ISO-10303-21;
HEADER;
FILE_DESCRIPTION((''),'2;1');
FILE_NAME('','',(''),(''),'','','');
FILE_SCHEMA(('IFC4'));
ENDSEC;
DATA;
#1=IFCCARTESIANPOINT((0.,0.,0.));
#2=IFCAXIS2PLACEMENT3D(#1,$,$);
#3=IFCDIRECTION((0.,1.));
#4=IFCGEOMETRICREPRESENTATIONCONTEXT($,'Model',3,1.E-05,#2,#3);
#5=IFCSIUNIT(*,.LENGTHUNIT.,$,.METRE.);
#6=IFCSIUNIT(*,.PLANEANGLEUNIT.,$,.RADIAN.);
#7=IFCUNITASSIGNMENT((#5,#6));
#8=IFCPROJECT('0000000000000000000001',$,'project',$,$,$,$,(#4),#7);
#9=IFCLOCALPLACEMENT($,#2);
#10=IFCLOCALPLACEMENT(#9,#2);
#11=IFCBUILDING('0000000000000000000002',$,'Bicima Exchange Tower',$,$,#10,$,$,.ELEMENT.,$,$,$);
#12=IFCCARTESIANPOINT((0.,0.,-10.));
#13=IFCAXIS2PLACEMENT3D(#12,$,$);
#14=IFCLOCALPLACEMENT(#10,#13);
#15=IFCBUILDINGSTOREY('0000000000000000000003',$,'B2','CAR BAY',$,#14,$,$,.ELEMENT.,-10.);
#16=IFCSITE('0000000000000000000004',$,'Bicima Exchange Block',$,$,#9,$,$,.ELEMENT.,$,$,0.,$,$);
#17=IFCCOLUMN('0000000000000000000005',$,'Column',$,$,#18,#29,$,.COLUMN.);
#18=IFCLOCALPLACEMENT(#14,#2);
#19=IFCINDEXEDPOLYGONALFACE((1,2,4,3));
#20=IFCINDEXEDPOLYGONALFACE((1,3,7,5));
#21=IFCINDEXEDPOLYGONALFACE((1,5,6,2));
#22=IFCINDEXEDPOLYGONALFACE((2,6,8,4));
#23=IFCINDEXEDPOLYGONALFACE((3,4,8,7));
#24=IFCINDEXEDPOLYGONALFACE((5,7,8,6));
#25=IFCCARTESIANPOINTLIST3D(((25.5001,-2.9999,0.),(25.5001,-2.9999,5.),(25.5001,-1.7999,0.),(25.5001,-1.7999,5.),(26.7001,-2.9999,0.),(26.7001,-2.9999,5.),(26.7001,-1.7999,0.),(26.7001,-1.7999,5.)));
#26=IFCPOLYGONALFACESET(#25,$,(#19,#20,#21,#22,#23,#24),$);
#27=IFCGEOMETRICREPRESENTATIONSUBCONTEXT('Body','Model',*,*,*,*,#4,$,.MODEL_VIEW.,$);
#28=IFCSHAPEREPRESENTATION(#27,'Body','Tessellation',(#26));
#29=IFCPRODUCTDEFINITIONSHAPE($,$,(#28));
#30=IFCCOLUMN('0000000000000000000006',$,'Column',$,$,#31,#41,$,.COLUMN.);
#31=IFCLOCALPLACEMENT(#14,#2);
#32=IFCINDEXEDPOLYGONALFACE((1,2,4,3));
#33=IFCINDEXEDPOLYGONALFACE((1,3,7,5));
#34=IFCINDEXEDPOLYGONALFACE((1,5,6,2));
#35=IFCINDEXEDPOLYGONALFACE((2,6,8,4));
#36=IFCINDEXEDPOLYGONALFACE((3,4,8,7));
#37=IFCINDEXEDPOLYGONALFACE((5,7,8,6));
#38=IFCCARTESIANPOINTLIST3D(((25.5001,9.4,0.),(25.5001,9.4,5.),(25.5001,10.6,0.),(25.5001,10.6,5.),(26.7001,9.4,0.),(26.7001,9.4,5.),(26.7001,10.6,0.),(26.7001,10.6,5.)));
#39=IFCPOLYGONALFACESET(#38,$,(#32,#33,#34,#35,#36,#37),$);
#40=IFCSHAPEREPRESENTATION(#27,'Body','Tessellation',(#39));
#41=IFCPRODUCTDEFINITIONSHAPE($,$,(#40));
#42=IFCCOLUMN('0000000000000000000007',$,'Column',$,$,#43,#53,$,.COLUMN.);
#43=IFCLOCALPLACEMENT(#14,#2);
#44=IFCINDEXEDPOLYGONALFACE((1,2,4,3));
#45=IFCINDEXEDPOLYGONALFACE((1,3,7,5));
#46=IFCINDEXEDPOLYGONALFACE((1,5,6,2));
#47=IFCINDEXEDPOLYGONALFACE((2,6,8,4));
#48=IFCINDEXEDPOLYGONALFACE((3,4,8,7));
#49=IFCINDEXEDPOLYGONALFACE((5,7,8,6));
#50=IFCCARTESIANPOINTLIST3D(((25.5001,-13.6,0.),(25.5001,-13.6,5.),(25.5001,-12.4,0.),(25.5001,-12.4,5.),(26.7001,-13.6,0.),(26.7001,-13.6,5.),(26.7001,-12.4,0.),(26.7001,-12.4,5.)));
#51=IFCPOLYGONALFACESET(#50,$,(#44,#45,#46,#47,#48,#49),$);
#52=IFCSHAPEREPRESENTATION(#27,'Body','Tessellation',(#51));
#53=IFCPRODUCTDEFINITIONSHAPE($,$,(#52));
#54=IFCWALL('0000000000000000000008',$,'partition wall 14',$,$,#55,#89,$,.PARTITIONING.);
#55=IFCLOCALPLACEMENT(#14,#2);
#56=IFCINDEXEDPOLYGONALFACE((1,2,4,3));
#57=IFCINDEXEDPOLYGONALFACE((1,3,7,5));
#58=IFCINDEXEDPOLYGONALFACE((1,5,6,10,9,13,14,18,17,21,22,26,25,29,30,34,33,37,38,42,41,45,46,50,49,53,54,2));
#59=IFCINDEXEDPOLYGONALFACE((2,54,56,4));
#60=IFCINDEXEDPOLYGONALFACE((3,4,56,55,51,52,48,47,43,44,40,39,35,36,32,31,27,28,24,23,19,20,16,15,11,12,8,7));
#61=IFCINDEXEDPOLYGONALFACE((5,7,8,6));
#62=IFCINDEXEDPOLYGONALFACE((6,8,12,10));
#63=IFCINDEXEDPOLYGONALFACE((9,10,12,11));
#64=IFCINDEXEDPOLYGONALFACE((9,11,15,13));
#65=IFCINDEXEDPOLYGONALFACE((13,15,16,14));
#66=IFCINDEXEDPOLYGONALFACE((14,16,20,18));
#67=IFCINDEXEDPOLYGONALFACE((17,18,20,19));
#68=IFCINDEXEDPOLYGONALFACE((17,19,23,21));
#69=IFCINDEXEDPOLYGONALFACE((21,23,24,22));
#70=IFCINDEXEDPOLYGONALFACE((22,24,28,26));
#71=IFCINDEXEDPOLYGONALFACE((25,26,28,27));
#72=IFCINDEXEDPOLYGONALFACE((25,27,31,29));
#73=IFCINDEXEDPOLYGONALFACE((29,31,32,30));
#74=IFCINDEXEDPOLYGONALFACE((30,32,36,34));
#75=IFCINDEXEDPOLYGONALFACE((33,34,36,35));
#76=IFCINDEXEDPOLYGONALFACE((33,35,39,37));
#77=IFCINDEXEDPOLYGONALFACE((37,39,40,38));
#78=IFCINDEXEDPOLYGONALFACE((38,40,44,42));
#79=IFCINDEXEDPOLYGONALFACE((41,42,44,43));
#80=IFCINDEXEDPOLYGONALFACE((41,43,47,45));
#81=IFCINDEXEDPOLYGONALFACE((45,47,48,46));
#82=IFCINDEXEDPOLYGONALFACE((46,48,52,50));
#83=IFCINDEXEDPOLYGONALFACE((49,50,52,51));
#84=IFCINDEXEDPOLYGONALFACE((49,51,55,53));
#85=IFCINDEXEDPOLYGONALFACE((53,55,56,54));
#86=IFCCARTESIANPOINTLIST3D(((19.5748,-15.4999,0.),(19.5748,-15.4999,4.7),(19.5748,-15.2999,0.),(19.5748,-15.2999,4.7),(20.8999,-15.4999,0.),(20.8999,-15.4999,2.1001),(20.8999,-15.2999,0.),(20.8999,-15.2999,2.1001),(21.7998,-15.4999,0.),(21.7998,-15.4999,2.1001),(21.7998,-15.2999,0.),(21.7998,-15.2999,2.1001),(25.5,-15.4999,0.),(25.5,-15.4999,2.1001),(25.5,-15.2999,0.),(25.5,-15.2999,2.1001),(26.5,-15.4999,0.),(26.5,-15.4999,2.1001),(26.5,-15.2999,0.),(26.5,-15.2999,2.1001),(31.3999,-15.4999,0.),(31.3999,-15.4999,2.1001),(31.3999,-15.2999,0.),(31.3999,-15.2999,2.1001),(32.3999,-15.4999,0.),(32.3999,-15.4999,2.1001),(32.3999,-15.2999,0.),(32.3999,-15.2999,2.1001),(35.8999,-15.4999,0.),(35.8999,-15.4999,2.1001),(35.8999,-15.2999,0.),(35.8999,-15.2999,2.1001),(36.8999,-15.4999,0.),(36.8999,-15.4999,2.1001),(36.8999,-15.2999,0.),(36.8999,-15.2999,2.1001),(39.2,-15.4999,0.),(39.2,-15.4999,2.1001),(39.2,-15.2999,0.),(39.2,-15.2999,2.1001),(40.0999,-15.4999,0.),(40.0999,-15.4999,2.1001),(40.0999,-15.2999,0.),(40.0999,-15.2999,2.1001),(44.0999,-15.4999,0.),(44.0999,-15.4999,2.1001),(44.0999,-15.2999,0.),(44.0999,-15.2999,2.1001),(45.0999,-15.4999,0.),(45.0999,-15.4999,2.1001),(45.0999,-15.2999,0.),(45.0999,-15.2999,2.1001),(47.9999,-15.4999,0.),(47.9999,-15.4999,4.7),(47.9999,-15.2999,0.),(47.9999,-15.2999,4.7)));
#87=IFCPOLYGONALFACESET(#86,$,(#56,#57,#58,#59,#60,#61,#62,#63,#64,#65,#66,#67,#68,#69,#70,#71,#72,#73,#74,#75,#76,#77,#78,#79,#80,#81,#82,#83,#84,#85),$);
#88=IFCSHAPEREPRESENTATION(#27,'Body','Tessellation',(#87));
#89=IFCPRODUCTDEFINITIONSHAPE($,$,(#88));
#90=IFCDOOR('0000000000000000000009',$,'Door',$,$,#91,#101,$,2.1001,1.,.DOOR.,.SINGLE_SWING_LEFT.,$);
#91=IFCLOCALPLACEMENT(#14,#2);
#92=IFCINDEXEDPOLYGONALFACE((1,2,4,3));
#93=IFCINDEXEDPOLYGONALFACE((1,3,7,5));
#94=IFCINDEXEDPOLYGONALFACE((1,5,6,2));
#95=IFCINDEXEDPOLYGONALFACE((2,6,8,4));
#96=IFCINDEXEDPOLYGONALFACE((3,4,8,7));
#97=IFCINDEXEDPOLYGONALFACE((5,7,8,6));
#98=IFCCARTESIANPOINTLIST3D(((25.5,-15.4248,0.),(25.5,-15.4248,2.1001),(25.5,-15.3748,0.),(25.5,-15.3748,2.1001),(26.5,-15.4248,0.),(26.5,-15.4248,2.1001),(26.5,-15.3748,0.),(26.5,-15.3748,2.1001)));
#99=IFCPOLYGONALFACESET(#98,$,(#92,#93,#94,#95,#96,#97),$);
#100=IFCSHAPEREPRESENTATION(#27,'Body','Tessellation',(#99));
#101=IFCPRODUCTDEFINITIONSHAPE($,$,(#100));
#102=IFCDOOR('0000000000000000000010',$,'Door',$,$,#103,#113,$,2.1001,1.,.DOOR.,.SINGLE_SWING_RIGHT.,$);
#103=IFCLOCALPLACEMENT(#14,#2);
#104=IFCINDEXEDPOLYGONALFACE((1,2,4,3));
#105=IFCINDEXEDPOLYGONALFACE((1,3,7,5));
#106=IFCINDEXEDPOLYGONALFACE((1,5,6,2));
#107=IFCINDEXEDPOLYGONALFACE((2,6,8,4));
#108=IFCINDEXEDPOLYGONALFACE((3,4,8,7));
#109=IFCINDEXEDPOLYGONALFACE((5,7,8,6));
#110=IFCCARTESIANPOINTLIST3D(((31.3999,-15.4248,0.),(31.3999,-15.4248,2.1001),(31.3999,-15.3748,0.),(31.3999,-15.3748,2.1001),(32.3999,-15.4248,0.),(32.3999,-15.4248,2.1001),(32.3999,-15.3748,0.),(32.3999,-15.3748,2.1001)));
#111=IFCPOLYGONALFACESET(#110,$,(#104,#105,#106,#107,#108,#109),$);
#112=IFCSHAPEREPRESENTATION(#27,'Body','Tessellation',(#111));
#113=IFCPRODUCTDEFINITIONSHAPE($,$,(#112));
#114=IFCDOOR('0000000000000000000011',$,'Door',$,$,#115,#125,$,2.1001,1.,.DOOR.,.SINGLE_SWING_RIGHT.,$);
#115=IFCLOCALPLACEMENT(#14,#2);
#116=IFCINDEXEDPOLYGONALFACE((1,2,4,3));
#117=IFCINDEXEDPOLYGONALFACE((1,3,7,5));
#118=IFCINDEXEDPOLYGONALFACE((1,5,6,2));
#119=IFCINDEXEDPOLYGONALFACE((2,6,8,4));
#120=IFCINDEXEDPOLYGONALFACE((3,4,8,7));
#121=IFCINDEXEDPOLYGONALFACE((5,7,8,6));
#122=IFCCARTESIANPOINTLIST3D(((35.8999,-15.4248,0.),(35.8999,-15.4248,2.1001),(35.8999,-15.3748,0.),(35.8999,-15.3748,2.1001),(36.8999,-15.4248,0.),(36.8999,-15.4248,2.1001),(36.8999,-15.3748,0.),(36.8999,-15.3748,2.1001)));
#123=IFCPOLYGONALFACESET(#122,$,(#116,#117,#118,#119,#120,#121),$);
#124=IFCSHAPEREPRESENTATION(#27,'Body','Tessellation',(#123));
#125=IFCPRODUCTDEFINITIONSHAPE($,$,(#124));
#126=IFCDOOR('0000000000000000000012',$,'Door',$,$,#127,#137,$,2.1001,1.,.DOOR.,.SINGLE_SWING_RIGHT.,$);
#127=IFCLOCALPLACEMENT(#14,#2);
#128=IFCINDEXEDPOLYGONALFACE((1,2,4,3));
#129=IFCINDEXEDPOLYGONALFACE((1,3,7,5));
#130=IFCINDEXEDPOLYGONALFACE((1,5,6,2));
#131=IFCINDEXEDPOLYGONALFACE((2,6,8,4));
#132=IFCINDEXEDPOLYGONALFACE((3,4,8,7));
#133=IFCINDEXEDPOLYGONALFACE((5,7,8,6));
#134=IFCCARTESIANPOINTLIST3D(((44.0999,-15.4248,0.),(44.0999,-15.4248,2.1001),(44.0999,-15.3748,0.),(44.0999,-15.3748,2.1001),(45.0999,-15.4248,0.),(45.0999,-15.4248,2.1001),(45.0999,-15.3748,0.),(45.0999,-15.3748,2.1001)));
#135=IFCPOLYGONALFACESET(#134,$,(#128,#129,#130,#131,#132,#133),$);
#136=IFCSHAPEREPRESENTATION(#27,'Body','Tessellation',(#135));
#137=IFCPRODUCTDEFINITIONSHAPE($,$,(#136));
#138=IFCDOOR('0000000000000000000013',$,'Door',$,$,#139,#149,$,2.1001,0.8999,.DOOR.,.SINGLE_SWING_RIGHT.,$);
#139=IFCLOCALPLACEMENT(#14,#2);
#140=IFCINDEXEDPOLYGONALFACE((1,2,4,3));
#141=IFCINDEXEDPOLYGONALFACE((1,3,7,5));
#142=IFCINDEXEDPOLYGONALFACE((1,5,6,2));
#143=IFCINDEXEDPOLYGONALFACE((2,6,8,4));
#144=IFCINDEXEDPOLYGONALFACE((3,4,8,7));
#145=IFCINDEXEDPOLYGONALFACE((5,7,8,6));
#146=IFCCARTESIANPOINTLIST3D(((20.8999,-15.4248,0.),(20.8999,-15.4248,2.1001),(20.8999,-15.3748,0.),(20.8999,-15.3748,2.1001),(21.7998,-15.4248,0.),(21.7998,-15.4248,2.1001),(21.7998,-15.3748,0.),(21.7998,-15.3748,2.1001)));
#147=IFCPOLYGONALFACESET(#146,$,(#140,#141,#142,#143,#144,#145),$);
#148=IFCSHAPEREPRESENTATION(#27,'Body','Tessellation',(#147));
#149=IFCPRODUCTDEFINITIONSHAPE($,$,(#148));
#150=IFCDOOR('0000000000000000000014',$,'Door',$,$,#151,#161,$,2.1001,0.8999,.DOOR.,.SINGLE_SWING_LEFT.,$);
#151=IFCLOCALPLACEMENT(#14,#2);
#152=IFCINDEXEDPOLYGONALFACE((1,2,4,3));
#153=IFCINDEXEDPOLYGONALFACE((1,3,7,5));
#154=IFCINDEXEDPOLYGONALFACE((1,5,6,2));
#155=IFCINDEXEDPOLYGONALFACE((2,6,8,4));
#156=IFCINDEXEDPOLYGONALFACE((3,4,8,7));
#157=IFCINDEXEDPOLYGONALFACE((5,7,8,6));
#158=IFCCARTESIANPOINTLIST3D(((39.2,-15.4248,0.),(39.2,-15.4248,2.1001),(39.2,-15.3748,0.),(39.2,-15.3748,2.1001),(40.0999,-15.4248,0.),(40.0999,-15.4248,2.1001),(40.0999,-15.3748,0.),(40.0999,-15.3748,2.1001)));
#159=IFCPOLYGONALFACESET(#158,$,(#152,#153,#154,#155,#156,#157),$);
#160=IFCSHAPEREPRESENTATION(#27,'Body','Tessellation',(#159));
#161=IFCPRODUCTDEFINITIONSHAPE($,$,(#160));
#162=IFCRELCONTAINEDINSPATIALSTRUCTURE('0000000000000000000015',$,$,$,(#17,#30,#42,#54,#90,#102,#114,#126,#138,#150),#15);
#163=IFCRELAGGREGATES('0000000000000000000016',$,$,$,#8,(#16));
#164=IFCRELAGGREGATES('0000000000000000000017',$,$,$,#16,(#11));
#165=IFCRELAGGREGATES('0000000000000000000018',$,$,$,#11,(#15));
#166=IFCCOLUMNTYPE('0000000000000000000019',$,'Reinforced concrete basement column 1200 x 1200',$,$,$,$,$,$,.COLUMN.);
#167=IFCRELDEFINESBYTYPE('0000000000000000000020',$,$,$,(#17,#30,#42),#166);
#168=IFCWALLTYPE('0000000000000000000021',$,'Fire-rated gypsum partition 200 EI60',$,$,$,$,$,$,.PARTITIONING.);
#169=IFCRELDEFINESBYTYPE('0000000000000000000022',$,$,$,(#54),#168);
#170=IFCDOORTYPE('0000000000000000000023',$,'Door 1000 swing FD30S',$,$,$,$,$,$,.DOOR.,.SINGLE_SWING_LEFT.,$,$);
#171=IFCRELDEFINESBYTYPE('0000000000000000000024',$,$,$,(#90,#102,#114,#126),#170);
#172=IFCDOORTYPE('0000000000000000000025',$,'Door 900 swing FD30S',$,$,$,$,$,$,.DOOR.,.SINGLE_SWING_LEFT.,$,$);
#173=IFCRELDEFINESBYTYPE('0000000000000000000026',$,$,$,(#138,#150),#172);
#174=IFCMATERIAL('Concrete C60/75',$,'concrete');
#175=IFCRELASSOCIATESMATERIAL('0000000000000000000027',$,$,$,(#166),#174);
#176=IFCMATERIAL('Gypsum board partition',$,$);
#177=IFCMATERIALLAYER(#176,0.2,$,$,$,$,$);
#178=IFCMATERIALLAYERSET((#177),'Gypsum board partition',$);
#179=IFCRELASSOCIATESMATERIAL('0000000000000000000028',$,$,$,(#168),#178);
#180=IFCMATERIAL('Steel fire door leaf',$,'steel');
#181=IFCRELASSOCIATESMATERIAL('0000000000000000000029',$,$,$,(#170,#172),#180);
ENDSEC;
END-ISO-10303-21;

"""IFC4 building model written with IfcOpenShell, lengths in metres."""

from ifc_helpers import new_model, si_unit, direction, frame, frame_2d, origin, origin_2d, place, context, subcontext, project, spatial, rectangle, extrude, material, layer, layer_set, material_profile, profile_set, type_object, element, fill, save


model = new_model("IFC4")

# Units and contexts
model_context = context("Model", 3, precision=1e-05, world=origin(), true_north=direction((0.0, 1.0)))
body_context = subcontext(model_context, "Body", "Model", "MODEL_VIEW")
ifc_project = project(units=[si_unit("LENGTHUNIT", "METRE"), si_unit("PLANEANGLEUNIT", "RADIAN")], contexts=[model_context])

# Site, building, storey
site_placement = place(None, origin())
site = spatial("IfcSite", under=ifc_project, at=site_placement, Name="Bicima Exchange Block", CompositionType="ELEMENT", RefElevation=0.0)
building_placement = place(site_placement, origin())
building = spatial("IfcBuilding", under=site, at=building_placement, Name="Bicima Exchange Tower", CompositionType="ELEMENT")
storey_placement = place(building_placement, frame((0.0, 0.0, -10.0)))
storey = spatial("IfcBuildingStorey", under=building, at=storey_placement, Name="B2", Description="CAR BAY", CompositionType="ELEMENT", Elevation=-10.0)

# Columns
ifc_material_1 = material(Name="Concrete C60/75", Category="concrete")
ifc_material_profile = material_profile(ifc_material_1, rectangle(XDim=1.2, YDim=1.2, at=origin_2d()))
ifc_profile_set = profile_set([ifc_material_profile], Name="Concrete C60/75")
column_type = type_object("IfcColumnType", Name="Reinforced concrete basement column 1200 x 1200", PredefinedType="COLUMN", material=ifc_profile_set)
for number, where, z_axis, x_axis, name in (
    (1, (26.1001, -2.3999, 0.0), (0.0, 0.0, 1.0), (1.0, 0.0, 0.0), "Column"),
    (2, (26.1001, 10.0, 0.0), (0.0, 0.0, 1.0), (1.0, 0.0, 0.0), "Column"),
    (3, (26.1001, -13.0, 0.0), (0.0, 0.0, 1.0), (1.0, 0.0, 0.0), "Column"),
):
    element("IfcColumn", number, at=place(storey_placement, frame(where, z_axis=z_axis, x_axis=x_axis)), inside=storey, type_object=column_type, Name=name, PredefinedType="COLUMN", context=body_context, shape_type="SweptSolid", body=[
        extrude(rectangle(XDim=1.2, YDim=1.2, at=origin_2d()), origin(), (0.0, 0.0, 1.0), 5.0),
    ])

# Wall, openings, doors
ifc_material_2 = material(Name="Gypsum board partition")
ifc_layer_1 = layer(ifc_material_2, 0.2)
ifc_layer_set_1 = layer_set([ifc_layer_1], Name="Gypsum board partition")
wall_type_1 = type_object("IfcWallType", Name="Fire-rated gypsum partition 200 EI60", PredefinedType="PARTITIONING", material=ifc_layer_set_1)
wall_1_placement = place(storey_placement, frame((19.575, -15.3999, 0.0), z_axis=(0.0, 0.0, 1.0), x_axis=(1.0, 0.0, 0.0)))
wall_1 = element("IfcWall", 4, at=wall_1_placement, inside=storey, type_object=wall_type_1, Name="partition wall 14", PredefinedType="PARTITIONING", context=body_context, shape_type="SweptSolid", body=[
    extrude(rectangle(XDim=28.425, YDim=0.2, at=frame_2d((14.2124, 0.0))), origin(), (0.0, 0.0, 1.0), 4.7),
])
opening_1_placement = place(wall_1_placement, frame((1.325, 0.0, 0.0)))
opening_1 = element("IfcOpeningElement", 5, at=opening_1_placement, cuts=wall_1, PredefinedType="OPENING", context=body_context, shape_type="SweptSolid", body=[
    extrude(rectangle(XDim=0.8999, YDim=2.1001, at=frame_2d((0.45, 1.05))), frame((0.0, 0.1118, 0.0), z_axis=(0.0, -1.0, 0.0), x_axis=(1.0, 0.0, 0.0)), (0.0, 0.0, 1.0), 0.2239),
])
opening_2_placement = place(wall_1_placement, frame((5.925, 0.0, 0.0)))
opening_2 = element("IfcOpeningElement", 6, at=opening_2_placement, cuts=wall_1, PredefinedType="OPENING", context=body_context, shape_type="SweptSolid", body=[
    extrude(rectangle(XDim=1.0, YDim=2.1001, at=frame_2d((0.5, 1.05))), frame((0.0, 0.1118, 0.0), z_axis=(0.0, -1.0, 0.0), x_axis=(1.0, 0.0, 0.0)), (0.0, 0.0, 1.0), 0.2239),
])
opening_3_placement = place(wall_1_placement, frame((11.825, 0.0, 0.0)))
opening_3 = element("IfcOpeningElement", 7, at=opening_3_placement, cuts=wall_1, PredefinedType="OPENING", context=body_context, shape_type="SweptSolid", body=[
    extrude(rectangle(XDim=1.0, YDim=2.1001, at=frame_2d((0.5, 1.05))), frame((0.0, 0.1118, 0.0), z_axis=(0.0, -1.0, 0.0), x_axis=(1.0, 0.0, 0.0)), (0.0, 0.0, 1.0), 0.2239),
])
opening_4_placement = place(wall_1_placement, frame((16.325, 0.0, 0.0)))
opening_4 = element("IfcOpeningElement", 8, at=opening_4_placement, cuts=wall_1, PredefinedType="OPENING", context=body_context, shape_type="SweptSolid", body=[
    extrude(rectangle(XDim=1.0, YDim=2.1001, at=frame_2d((0.5, 1.05))), frame((0.0, 0.1118, 0.0), z_axis=(0.0, -1.0, 0.0), x_axis=(1.0, 0.0, 0.0)), (0.0, 0.0, 1.0), 0.2239),
])
opening_5_placement = place(wall_1_placement, frame((19.625, 0.0, 0.0)))
opening_5 = element("IfcOpeningElement", 9, at=opening_5_placement, cuts=wall_1, PredefinedType="OPENING", context=body_context, shape_type="SweptSolid", body=[
    extrude(rectangle(XDim=0.8999, YDim=2.1001, at=frame_2d((0.45, 1.05))), frame((0.0, 0.1118, 0.0), z_axis=(0.0, -1.0, 0.0), x_axis=(1.0, 0.0, 0.0)), (0.0, 0.0, 1.0), 0.2239),
])
opening_6_placement = place(wall_1_placement, frame((24.5249, 0.0, 0.0)))
opening_6 = element("IfcOpeningElement", 10, at=opening_6_placement, cuts=wall_1, PredefinedType="OPENING", context=body_context, shape_type="SweptSolid", body=[
    extrude(rectangle(XDim=1.0, YDim=2.1001, at=frame_2d((0.5, 1.05))), frame((0.0, 0.1118, 0.0), z_axis=(0.0, -1.0, 0.0), x_axis=(1.0, 0.0, 0.0)), (0.0, 0.0, 1.0), 0.2239),
])
ifc_material_3 = material(Name="Steel fire door leaf", Category="steel")
door_type_1 = type_object("IfcDoorType", Name="Door 1000 swing FD30S", OperationType="SINGLE_SWING_LEFT", PredefinedType="DOOR", material=ifc_material_3)
door_1_placement = place(opening_2_placement, frame((1.0, 0.0, 0.0), z_axis=(0.0, 0.0, 1.0), x_axis=(-1.0, 0.0, 0.0)))
door_1 = element("IfcDoor", 11, at=door_1_placement, inside=storey, type_object=door_type_1, Name="Door", OperationType="SINGLE_SWING_LEFT", OverallHeight=2.1001, OverallWidth=1.0, PredefinedType="DOOR", context=body_context, shape_type="SweptSolid", body=[
    extrude(rectangle(XDim=1.0, YDim=2.1001, at=frame_2d((0.5, 1.05))), frame((0.0, 0.0249, 0.0), z_axis=(0.0, -1.0, 0.0), x_axis=(1.0, 0.0, 0.0)), (0.0, 0.0, 1.0), 0.05),
])
fill(opening_2, door_1)
door_2_placement = place(opening_3_placement, frame((1.0, 0.0, 0.0), z_axis=(0.0, 0.0, 1.0), x_axis=(-1.0, 0.0, 0.0)))
door_2 = element("IfcDoor", 12, at=door_2_placement, inside=storey, type_object=door_type_1, Name="Door", OperationType="SINGLE_SWING_RIGHT", OverallHeight=2.1001, OverallWidth=1.0, PredefinedType="DOOR", context=body_context, shape_type="SweptSolid", body=[
    extrude(rectangle(XDim=1.0, YDim=2.1001, at=frame_2d((0.5, 1.05))), frame((0.0, 0.0249, 0.0), z_axis=(0.0, -1.0, 0.0), x_axis=(1.0, 0.0, 0.0)), (0.0, 0.0, 1.0), 0.05),
])
fill(opening_3, door_2)
door_3_placement = place(opening_4_placement, frame((1.0, 0.0, 0.0), z_axis=(0.0, 0.0, 1.0), x_axis=(-1.0, 0.0, 0.0)))
door_3 = element("IfcDoor", 13, at=door_3_placement, inside=storey, type_object=door_type_1, Name="Door", OperationType="SINGLE_SWING_RIGHT", OverallHeight=2.1001, OverallWidth=1.0, PredefinedType="DOOR", context=body_context, shape_type="SweptSolid", body=[
    extrude(rectangle(XDim=1.0, YDim=2.1001, at=frame_2d((0.5, 1.05))), frame((0.0, 0.0249, 0.0), z_axis=(0.0, -1.0, 0.0), x_axis=(1.0, 0.0, 0.0)), (0.0, 0.0, 1.0), 0.05),
])
fill(opening_4, door_3)
door_4_placement = place(opening_6_placement, frame((1.0, 0.0, 0.0), z_axis=(0.0, 0.0, 1.0), x_axis=(-1.0, 0.0, 0.0)))
door_4 = element("IfcDoor", 14, at=door_4_placement, inside=storey, type_object=door_type_1, Name="Door", OperationType="SINGLE_SWING_RIGHT", OverallHeight=2.1001, OverallWidth=1.0, PredefinedType="DOOR", context=body_context, shape_type="SweptSolid", body=[
    extrude(rectangle(XDim=1.0, YDim=2.1001, at=frame_2d((0.5, 1.05))), frame((0.0, 0.0249, 0.0), z_axis=(0.0, -1.0, 0.0), x_axis=(1.0, 0.0, 0.0)), (0.0, 0.0, 1.0), 0.05),
])
fill(opening_6, door_4)
door_type_2 = type_object("IfcDoorType", Name="Door 900 swing FD30S", OperationType="SINGLE_SWING_LEFT", PredefinedType="DOOR", material=ifc_material_3)
door_5_placement = place(opening_1_placement, frame((0.8999, 0.0, 0.0), z_axis=(0.0, 0.0, 1.0), x_axis=(-1.0, 0.0, 0.0)))
door_5 = element("IfcDoor", 15, at=door_5_placement, inside=storey, type_object=door_type_2, Name="Door", OperationType="SINGLE_SWING_RIGHT", OverallHeight=2.1001, OverallWidth=0.8999, PredefinedType="DOOR", context=body_context, shape_type="SweptSolid", body=[
    extrude(rectangle(XDim=0.8999, YDim=2.1001, at=frame_2d((0.45, 1.05))), frame((0.0, 0.0249, 0.0), z_axis=(0.0, -1.0, 0.0), x_axis=(1.0, 0.0, 0.0)), (0.0, 0.0, 1.0), 0.05),
])
fill(opening_1, door_5)
door_6_placement = place(opening_5_placement, frame((0.8999, 0.0, 0.0), z_axis=(0.0, 0.0, 1.0), x_axis=(-1.0, 0.0, 0.0)))
door_6 = element("IfcDoor", 16, at=door_6_placement, inside=storey, type_object=door_type_2, Name="Door", OperationType="SINGLE_SWING_LEFT", OverallHeight=2.1001, OverallWidth=0.8999, PredefinedType="DOOR", context=body_context, shape_type="SweptSolid", body=[
    extrude(rectangle(XDim=0.8999, YDim=2.1001, at=frame_2d((0.45, 1.05))), frame((0.0, 0.0249, 0.0), z_axis=(0.0, -1.0, 0.0), x_axis=(1.0, 0.0, 0.0)), (0.0, 0.0, 1.0), 0.05),
])
fill(opening_5, door_6)

save(model, "model.ifc")
